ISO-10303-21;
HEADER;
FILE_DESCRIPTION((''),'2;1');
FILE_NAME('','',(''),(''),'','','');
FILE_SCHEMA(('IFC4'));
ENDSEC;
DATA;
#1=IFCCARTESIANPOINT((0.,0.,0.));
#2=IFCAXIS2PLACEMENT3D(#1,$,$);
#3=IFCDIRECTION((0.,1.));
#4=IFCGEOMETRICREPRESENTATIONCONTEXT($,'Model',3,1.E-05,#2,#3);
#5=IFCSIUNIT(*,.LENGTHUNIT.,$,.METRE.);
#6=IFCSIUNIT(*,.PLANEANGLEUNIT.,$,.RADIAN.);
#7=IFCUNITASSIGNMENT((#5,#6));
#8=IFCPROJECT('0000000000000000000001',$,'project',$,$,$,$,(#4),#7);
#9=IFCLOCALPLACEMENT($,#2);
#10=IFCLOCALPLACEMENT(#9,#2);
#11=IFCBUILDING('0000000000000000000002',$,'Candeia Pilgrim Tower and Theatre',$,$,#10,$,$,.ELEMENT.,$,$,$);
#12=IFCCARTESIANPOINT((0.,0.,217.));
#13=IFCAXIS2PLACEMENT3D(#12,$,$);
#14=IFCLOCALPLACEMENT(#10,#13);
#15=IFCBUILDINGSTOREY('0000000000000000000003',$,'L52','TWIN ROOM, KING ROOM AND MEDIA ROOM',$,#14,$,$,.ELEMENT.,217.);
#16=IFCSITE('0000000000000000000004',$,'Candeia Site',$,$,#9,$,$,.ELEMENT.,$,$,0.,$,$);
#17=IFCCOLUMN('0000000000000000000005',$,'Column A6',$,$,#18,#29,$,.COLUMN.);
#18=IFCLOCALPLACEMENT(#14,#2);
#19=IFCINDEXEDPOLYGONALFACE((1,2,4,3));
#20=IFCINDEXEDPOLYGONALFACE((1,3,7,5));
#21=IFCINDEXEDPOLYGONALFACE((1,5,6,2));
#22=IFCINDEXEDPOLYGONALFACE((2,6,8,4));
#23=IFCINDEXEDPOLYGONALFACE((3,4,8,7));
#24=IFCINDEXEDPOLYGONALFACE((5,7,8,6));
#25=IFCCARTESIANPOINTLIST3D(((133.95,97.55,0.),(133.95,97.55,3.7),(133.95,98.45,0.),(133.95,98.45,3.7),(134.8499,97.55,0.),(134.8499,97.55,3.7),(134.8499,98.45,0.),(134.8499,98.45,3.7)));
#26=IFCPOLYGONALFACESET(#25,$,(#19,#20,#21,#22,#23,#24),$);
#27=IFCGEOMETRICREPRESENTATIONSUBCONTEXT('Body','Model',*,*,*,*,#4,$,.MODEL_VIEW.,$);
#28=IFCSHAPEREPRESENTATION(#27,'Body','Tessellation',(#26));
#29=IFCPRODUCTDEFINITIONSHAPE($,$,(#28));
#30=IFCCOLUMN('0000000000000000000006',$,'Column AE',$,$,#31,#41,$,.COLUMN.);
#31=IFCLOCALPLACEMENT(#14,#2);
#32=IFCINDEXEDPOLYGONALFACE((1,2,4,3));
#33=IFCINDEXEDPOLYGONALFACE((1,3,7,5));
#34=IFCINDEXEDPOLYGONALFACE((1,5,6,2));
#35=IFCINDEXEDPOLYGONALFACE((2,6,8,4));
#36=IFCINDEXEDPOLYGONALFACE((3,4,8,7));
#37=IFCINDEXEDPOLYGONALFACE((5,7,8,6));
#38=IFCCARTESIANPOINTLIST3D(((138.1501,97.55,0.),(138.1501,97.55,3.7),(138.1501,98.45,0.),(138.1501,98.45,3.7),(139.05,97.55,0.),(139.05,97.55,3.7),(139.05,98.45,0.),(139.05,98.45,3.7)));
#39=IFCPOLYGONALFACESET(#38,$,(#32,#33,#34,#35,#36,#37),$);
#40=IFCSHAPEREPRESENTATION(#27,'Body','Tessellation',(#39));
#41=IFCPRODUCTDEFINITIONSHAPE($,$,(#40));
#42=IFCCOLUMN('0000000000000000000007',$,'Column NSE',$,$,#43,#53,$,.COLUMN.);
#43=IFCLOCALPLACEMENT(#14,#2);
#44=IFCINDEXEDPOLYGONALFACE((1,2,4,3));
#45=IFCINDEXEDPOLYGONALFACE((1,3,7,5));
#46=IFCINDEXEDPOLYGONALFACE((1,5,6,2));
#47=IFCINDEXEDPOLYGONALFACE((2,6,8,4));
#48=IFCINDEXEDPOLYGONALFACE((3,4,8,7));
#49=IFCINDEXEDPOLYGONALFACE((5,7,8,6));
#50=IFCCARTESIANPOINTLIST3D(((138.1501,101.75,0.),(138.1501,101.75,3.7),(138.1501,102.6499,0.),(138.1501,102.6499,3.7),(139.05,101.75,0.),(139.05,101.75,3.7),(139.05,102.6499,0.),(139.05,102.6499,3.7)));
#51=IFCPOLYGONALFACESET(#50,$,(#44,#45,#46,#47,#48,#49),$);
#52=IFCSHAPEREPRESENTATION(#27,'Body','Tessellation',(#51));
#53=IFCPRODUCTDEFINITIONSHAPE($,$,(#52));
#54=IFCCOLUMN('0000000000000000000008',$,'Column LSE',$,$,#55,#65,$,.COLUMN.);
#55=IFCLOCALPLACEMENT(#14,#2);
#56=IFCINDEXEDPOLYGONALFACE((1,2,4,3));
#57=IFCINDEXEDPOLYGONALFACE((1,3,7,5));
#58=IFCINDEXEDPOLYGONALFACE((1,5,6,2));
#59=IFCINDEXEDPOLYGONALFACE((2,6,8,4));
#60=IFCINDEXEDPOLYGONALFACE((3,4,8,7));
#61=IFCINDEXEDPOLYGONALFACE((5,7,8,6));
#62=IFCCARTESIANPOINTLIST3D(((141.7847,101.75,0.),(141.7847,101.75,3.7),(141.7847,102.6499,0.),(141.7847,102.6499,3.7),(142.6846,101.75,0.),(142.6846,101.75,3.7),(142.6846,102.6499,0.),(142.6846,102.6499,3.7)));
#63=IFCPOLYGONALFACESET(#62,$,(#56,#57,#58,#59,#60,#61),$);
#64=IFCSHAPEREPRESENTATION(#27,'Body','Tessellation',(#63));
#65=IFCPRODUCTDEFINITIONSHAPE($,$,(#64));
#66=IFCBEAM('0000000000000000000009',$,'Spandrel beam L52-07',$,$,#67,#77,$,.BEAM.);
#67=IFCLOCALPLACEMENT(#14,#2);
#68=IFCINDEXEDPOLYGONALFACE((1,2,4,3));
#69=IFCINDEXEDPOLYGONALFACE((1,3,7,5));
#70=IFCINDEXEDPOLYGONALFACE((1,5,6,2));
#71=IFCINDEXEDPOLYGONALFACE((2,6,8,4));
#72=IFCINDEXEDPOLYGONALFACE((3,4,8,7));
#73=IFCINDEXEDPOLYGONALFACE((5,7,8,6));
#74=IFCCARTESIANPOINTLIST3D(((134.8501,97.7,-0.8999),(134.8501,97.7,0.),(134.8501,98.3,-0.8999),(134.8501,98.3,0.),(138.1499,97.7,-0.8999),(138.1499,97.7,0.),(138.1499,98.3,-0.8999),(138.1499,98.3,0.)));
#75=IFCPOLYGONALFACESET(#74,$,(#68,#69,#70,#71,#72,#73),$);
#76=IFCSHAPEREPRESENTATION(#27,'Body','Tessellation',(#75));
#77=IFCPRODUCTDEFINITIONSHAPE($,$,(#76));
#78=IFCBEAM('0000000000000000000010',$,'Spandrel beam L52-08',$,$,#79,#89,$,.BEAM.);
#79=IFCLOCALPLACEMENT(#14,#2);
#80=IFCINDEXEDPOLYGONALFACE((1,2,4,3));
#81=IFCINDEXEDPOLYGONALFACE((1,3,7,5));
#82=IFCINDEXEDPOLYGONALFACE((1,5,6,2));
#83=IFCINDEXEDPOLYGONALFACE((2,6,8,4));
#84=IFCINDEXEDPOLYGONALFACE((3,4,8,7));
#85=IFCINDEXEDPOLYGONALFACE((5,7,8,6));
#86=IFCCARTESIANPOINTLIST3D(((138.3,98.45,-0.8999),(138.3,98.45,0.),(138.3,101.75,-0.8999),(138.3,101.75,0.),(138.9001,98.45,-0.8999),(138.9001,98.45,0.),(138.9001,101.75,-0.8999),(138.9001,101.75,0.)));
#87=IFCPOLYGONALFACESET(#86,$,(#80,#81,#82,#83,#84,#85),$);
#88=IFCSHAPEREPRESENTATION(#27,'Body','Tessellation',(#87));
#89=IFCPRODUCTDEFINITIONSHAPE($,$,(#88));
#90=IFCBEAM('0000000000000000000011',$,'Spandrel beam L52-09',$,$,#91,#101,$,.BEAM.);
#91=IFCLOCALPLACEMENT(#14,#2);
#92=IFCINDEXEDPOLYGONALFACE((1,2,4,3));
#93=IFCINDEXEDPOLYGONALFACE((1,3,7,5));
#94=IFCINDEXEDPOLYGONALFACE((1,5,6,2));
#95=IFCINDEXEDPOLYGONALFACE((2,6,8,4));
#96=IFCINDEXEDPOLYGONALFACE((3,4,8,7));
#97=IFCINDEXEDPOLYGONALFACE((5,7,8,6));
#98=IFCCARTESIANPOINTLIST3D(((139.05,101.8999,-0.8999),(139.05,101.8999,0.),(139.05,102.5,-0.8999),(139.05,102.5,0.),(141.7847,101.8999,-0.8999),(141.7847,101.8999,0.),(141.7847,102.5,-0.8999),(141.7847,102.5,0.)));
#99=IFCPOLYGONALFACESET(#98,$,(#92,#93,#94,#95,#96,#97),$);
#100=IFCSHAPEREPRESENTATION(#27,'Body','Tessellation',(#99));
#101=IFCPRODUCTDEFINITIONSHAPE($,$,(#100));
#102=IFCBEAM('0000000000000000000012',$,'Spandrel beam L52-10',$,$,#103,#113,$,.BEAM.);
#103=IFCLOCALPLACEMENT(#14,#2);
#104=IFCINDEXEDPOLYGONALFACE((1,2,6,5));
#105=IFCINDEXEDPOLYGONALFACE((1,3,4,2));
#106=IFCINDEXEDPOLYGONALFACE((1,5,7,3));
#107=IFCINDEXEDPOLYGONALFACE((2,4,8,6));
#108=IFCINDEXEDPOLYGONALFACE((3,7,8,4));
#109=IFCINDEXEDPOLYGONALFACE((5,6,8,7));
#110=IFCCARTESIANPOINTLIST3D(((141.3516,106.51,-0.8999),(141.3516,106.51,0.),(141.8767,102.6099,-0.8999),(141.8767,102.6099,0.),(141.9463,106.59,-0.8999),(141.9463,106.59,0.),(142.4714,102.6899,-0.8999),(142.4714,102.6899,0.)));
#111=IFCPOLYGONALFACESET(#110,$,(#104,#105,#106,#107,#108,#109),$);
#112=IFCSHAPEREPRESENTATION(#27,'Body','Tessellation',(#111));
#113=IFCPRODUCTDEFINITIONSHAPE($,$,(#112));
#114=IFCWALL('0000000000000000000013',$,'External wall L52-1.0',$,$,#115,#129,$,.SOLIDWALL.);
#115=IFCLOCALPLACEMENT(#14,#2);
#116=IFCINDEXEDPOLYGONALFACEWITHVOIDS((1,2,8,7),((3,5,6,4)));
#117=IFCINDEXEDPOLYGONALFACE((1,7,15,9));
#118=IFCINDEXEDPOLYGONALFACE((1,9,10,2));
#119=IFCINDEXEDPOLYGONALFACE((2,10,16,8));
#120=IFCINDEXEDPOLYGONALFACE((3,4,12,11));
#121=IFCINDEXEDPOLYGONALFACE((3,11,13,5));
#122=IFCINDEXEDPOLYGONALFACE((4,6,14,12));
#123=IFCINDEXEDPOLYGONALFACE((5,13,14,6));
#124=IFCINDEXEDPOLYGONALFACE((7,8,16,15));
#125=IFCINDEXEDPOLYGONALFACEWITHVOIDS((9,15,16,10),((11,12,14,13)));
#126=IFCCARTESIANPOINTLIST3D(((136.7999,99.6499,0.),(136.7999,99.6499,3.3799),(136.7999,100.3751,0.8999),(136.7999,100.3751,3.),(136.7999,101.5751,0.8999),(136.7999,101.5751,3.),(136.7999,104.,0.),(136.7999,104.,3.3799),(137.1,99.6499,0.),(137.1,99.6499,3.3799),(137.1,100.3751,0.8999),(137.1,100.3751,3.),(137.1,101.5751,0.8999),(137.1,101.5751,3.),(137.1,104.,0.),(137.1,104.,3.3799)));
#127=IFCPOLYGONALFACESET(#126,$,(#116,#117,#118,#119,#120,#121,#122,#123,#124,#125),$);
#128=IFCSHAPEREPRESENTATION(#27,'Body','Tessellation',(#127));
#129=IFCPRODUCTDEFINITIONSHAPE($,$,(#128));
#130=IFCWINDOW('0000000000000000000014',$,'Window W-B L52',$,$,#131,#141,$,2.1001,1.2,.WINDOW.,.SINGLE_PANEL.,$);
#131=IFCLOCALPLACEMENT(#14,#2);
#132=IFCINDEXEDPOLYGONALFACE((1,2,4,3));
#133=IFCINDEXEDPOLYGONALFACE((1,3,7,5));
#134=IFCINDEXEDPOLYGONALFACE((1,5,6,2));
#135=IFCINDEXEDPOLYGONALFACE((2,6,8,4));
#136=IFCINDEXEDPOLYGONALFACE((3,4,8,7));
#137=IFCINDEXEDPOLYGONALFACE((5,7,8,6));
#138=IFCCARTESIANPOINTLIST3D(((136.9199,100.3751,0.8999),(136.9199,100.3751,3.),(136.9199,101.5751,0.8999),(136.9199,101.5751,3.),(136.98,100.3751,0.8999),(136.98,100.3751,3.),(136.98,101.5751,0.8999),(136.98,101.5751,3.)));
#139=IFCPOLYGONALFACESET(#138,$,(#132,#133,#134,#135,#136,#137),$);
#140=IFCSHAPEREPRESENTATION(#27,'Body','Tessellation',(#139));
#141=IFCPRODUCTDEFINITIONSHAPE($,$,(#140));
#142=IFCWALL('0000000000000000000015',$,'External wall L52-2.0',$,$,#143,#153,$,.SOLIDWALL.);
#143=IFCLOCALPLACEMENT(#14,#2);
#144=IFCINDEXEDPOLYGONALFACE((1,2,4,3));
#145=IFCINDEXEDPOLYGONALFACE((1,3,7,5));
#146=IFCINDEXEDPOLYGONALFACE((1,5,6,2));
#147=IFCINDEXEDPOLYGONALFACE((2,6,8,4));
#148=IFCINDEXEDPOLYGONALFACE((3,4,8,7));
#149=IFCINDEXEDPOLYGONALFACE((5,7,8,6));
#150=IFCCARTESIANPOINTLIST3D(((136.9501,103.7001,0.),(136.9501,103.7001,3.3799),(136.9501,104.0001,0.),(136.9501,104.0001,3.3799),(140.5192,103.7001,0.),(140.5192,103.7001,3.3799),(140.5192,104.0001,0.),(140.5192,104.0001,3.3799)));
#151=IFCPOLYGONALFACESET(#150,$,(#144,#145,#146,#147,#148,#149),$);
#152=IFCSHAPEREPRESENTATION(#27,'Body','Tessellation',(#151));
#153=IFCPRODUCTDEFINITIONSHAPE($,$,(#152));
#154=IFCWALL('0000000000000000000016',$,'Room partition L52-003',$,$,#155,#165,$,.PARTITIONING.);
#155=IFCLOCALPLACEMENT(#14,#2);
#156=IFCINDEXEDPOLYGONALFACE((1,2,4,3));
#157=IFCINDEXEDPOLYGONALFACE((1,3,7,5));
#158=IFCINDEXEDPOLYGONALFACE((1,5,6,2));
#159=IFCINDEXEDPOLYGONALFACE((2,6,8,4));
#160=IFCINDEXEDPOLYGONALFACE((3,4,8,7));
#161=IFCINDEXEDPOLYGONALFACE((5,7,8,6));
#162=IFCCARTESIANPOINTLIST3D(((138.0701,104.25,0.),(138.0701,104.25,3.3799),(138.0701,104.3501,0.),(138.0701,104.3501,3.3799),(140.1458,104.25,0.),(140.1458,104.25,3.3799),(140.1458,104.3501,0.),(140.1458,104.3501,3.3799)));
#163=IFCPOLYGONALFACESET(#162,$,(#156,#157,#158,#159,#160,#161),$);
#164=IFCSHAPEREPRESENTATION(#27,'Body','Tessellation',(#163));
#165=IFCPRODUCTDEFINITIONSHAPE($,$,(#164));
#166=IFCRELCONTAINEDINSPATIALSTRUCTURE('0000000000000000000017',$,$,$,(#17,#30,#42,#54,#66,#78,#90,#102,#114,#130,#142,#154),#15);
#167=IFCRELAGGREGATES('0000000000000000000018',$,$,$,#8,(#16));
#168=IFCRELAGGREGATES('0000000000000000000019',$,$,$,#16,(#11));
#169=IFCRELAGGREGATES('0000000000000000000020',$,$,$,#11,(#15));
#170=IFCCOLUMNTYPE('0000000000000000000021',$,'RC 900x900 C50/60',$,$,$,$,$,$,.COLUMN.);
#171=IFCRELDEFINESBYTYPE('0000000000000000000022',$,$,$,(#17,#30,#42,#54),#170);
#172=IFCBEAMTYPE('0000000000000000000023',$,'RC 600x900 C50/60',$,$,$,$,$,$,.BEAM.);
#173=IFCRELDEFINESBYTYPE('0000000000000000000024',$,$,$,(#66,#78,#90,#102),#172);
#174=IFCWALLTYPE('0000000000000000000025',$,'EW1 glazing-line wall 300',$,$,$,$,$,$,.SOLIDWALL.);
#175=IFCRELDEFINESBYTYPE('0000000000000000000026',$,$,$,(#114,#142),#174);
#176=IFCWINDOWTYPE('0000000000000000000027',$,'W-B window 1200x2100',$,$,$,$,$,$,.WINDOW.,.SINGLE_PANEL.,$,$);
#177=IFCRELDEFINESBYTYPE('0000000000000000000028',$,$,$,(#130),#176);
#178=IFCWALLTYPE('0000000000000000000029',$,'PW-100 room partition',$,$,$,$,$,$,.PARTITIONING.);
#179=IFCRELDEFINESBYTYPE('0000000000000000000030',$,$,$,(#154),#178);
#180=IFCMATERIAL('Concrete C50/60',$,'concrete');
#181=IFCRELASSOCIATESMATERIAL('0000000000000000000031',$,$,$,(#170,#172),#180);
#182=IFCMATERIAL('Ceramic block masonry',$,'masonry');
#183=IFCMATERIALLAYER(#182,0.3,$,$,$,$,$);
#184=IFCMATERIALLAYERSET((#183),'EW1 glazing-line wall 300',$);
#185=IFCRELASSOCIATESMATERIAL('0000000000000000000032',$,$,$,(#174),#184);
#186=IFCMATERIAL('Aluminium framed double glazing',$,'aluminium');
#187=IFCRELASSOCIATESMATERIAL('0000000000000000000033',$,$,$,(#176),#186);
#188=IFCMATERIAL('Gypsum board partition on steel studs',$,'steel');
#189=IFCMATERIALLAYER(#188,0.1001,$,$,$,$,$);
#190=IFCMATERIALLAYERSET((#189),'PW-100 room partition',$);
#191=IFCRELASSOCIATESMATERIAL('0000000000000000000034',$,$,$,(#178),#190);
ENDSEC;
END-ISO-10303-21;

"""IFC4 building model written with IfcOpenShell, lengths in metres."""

from ifc_helpers import new_model, si_unit, direction, frame, frame_2d, origin, origin_2d, place, context, subcontext, project, spatial, rectangle, extrude, material, layer, layer_set, material_profile, profile_set, type_object, element, fill, save


model = new_model("IFC4")

# Units and contexts
model_context = context("Model", 3, precision=1e-05, world=origin(), true_north=direction((0.0, 1.0)))
body_context = subcontext(model_context, "Body", "Model", "MODEL_VIEW")
ifc_project = project(units=[si_unit("LENGTHUNIT", "METRE"), si_unit("PLANEANGLEUNIT", "RADIAN")], contexts=[model_context])

# Site, building, storey
site_placement = place(None, origin())
site = spatial("IfcSite", under=ifc_project, at=site_placement, Name="Candeia Site", CompositionType="ELEMENT", RefElevation=0.0)
building_placement = place(site_placement, origin())
building = spatial("IfcBuilding", under=site, at=building_placement, Name="Candeia Pilgrim Tower and Theatre", CompositionType="ELEMENT")
storey_placement = place(building_placement, frame((0.0, 0.0, 217.0)))
storey = spatial("IfcBuildingStorey", under=building, at=storey_placement, Name="L52", Description="TWIN ROOM, KING ROOM AND MEDIA ROOM", CompositionType="ELEMENT", Elevation=217.0)

# Columns
ifc_material_1 = material(Name="Concrete C50/60", Category="concrete")
ifc_material_profile_1 = material_profile(ifc_material_1, rectangle(XDim=0.8999, YDim=0.8999, at=origin_2d()))
ifc_profile_set_1 = profile_set([ifc_material_profile_1], Name="Concrete C50/60")
column_type = type_object("IfcColumnType", Name="RC 900x900 C50/60", PredefinedType="COLUMN", material=ifc_profile_set_1)
for number, where, z_axis, x_axis, name in (
    (1, (134.3999, 98.0, 0.0), (0.0, 0.0, 1.0), (1.0, 0.0, 0.0), "Column A6"),
    (2, (138.6001, 98.0, 0.0), (0.0, 0.0, 1.0), (1.0, 0.0, 0.0), "Column AE"),
    (3, (138.6001, 102.2, 0.0), (0.0, 0.0, 1.0), (1.0, 0.0, 0.0), "Column NSE"),
    (4, (142.2346, 102.2, 0.0), (0.0, 0.0, 1.0), (1.0, 0.0, 0.0), "Column LSE"),
):
    element("IfcColumn", number, at=place(storey_placement, frame(where, z_axis=z_axis, x_axis=x_axis)), inside=storey, type_object=column_type, Name=name, PredefinedType="COLUMN", context=body_context, shape_type="SweptSolid", body=[
        extrude(rectangle(XDim=0.8999, YDim=0.8999, at=origin_2d()), origin(), (0.0, 0.0, 1.0), 3.7),
    ])

# Beams
ifc_material_profile_2 = material_profile(ifc_material_1, rectangle(XDim=0.6001, YDim=0.8999, at=origin_2d()))
ifc_profile_set_2 = profile_set([ifc_material_profile_2], Name="Concrete C50/60")
beam_type = type_object("IfcBeamType", Name="RC 600x900 C50/60", PredefinedType="BEAM", material=ifc_profile_set_2)
beam_1_placement = place(storey_placement, frame((134.8501, 98.0, -0.45), z_axis=(1.0, 0.0, 0.0), x_axis=(0.0, 1.0, 0.0)))
element("IfcBeam", 5, at=beam_1_placement, inside=storey, type_object=beam_type, Name="Spandrel beam L52-07", PredefinedType="BEAM", context=body_context, shape_type="SweptSolid", body=[
    extrude(rectangle(XDim=0.6001, YDim=0.8999, at=origin_2d()), origin(), (0.0, 0.0, 1.0), 3.2998),
])
beam_2_placement = place(storey_placement, frame((138.6001, 98.45, -0.45), z_axis=(0.0, 1.0, 0.0), x_axis=(-1.0, 0.0, 0.0)))
element("IfcBeam", 6, at=beam_2_placement, inside=storey, type_object=beam_type, Name="Spandrel beam L52-08", PredefinedType="BEAM", context=body_context, shape_type="SweptSolid", body=[
    extrude(rectangle(XDim=0.6001, YDim=0.8999, at=origin_2d()), origin(), (0.0, 0.0, 1.0), 3.3),
])
beam_3_placement = place(storey_placement, frame((139.05, 102.2, -0.45), z_axis=(1.0, 0.0, 0.0), x_axis=(0.0, 1.0, 0.0)))
element("IfcBeam", 7, at=beam_3_placement, inside=storey, type_object=beam_type, Name="Spandrel beam L52-09", PredefinedType="BEAM", context=body_context, shape_type="SweptSolid", body=[
    extrude(rectangle(XDim=0.6001, YDim=0.8999, at=origin_2d()), origin(), (0.0, 0.0, 1.0), 2.7346),
])
beam_4_placement = place(storey_placement, frame((142.1741, 102.6499, -0.45), z_axis=(-0.133444, 0.991056, 0.0), x_axis=(-0.991056, -0.133444, 0.0)))
element("IfcBeam", 8, at=beam_4_placement, inside=storey, type_object=beam_type, Name="Spandrel beam L52-10", PredefinedType="BEAM", context=body_context, shape_type="SweptSolid", body=[
    extrude(rectangle(XDim=0.6001, YDim=0.8999, at=origin_2d()), origin(), (0.0, 0.0, 1.0), 3.9353),
])

# Wall, opening, window
ifc_material_2 = material(Name="Ceramic block masonry", Category="masonry")
ifc_layer_1 = layer(ifc_material_2, 0.3)
ifc_layer_set_1 = layer_set([ifc_layer_1], Name="EW1 glazing-line wall 300")
wall_type_1 = type_object("IfcWallType", Name="EW1 glazing-line wall 300", PredefinedType="SOLIDWALL", material=ifc_layer_set_1)
wall_1_placement = place(storey_placement, frame((136.95, 99.6499, 0.0), z_axis=(0.0, 0.0, 1.0), x_axis=(0.0, 1.0, 0.0)))
wall_1 = element("IfcWall", 9, at=wall_1_placement, inside=storey, type_object=wall_type_1, Name="External wall L52-1.0", PredefinedType="SOLIDWALL", context=body_context, shape_type="SweptSolid", body=[
    extrude(rectangle(XDim=4.3501, YDim=0.3, at=frame_2d((2.175, 0.0))), origin(), (0.0, 0.0, 1.0), 3.3799),
])
opening_1_placement = place(wall_1_placement, frame((0.7251, 0.0, 0.8999)))
opening_1 = element("IfcOpeningElement", 10, at=opening_1_placement, cuts=wall_1, PredefinedType="OPENING", context=body_context, shape_type="SweptSolid", body=[
    extrude(rectangle(XDim=1.2, YDim=2.1001, at=frame_2d((0.6001, 1.05))), frame((0.0, 0.1602, 0.0), z_axis=(0.0, -1.0, 0.0), x_axis=(1.0, 0.0, 0.0)), (0.0, 0.0, 1.0), 0.3201),
])
ifc_material_3 = material(Name="Aluminium framed double glazing", Category="aluminium")
window_type = type_object("IfcWindowType", Name="W-B window 1200x2100", PartitioningType="SINGLE_PANEL", PredefinedType="WINDOW", material=ifc_material_3)
window_1_placement = place(opening_1_placement, origin())
window_1 = element("IfcWindow", 11, at=window_1_placement, inside=storey, type_object=window_type, Name="Window W-B L52", OverallHeight=2.1001, OverallWidth=1.2, PartitioningType="SINGLE_PANEL", PredefinedType="WINDOW", context=body_context, shape_type="SweptSolid", body=[
    extrude(rectangle(XDim=1.2, YDim=2.1001, at=frame_2d((0.6001, 1.05))), frame((0.0, 0.03, 0.0), z_axis=(0.0, -1.0, 0.0), x_axis=(1.0, 0.0, 0.0)), (0.0, 0.0, 1.0), 0.0601),
])
fill(opening_1, window_1)

# Wall
wall_2_placement = place(storey_placement, frame((136.95, 103.8501, 0.0), z_axis=(0.0, 0.0, 1.0), x_axis=(1.0, 0.0, 0.0)))
element("IfcWall", 12, at=wall_2_placement, inside=storey, type_object=wall_type_1, Name="External wall L52-2.0", PredefinedType="SOLIDWALL", context=body_context, shape_type="SweptSolid", body=[
    extrude(rectangle(XDim=3.5691, YDim=0.3, at=frame_2d((1.7847, 0.0))), origin(), (0.0, 0.0, 1.0), 3.3799),
])

# Wall
ifc_material_4 = material(Name="Gypsum board partition on steel studs", Category="steel")
ifc_layer_2 = layer(ifc_material_4, 0.1001)
ifc_layer_set_2 = layer_set([ifc_layer_2], Name="PW-100 room partition")
wall_type_2 = type_object("IfcWallType", Name="PW-100 room partition", PredefinedType="PARTITIONING", material=ifc_layer_set_2)
wall_3_placement = place(storey_placement, frame((138.0701, 104.3, 0.0), z_axis=(0.0, 0.0, 1.0), x_axis=(1.0, 0.0, 0.0)))
element("IfcWall", 13, at=wall_3_placement, inside=storey, type_object=wall_type_2, Name="Room partition L52-003", PredefinedType="PARTITIONING", context=body_context, shape_type="SweptSolid", body=[
    extrude(rectangle(XDim=2.0757, YDim=0.1001, at=frame_2d((1.0378, 0.0))), origin(), (0.0, 0.0, 1.0), 3.3799),
])

save(model, "model.ifc")
